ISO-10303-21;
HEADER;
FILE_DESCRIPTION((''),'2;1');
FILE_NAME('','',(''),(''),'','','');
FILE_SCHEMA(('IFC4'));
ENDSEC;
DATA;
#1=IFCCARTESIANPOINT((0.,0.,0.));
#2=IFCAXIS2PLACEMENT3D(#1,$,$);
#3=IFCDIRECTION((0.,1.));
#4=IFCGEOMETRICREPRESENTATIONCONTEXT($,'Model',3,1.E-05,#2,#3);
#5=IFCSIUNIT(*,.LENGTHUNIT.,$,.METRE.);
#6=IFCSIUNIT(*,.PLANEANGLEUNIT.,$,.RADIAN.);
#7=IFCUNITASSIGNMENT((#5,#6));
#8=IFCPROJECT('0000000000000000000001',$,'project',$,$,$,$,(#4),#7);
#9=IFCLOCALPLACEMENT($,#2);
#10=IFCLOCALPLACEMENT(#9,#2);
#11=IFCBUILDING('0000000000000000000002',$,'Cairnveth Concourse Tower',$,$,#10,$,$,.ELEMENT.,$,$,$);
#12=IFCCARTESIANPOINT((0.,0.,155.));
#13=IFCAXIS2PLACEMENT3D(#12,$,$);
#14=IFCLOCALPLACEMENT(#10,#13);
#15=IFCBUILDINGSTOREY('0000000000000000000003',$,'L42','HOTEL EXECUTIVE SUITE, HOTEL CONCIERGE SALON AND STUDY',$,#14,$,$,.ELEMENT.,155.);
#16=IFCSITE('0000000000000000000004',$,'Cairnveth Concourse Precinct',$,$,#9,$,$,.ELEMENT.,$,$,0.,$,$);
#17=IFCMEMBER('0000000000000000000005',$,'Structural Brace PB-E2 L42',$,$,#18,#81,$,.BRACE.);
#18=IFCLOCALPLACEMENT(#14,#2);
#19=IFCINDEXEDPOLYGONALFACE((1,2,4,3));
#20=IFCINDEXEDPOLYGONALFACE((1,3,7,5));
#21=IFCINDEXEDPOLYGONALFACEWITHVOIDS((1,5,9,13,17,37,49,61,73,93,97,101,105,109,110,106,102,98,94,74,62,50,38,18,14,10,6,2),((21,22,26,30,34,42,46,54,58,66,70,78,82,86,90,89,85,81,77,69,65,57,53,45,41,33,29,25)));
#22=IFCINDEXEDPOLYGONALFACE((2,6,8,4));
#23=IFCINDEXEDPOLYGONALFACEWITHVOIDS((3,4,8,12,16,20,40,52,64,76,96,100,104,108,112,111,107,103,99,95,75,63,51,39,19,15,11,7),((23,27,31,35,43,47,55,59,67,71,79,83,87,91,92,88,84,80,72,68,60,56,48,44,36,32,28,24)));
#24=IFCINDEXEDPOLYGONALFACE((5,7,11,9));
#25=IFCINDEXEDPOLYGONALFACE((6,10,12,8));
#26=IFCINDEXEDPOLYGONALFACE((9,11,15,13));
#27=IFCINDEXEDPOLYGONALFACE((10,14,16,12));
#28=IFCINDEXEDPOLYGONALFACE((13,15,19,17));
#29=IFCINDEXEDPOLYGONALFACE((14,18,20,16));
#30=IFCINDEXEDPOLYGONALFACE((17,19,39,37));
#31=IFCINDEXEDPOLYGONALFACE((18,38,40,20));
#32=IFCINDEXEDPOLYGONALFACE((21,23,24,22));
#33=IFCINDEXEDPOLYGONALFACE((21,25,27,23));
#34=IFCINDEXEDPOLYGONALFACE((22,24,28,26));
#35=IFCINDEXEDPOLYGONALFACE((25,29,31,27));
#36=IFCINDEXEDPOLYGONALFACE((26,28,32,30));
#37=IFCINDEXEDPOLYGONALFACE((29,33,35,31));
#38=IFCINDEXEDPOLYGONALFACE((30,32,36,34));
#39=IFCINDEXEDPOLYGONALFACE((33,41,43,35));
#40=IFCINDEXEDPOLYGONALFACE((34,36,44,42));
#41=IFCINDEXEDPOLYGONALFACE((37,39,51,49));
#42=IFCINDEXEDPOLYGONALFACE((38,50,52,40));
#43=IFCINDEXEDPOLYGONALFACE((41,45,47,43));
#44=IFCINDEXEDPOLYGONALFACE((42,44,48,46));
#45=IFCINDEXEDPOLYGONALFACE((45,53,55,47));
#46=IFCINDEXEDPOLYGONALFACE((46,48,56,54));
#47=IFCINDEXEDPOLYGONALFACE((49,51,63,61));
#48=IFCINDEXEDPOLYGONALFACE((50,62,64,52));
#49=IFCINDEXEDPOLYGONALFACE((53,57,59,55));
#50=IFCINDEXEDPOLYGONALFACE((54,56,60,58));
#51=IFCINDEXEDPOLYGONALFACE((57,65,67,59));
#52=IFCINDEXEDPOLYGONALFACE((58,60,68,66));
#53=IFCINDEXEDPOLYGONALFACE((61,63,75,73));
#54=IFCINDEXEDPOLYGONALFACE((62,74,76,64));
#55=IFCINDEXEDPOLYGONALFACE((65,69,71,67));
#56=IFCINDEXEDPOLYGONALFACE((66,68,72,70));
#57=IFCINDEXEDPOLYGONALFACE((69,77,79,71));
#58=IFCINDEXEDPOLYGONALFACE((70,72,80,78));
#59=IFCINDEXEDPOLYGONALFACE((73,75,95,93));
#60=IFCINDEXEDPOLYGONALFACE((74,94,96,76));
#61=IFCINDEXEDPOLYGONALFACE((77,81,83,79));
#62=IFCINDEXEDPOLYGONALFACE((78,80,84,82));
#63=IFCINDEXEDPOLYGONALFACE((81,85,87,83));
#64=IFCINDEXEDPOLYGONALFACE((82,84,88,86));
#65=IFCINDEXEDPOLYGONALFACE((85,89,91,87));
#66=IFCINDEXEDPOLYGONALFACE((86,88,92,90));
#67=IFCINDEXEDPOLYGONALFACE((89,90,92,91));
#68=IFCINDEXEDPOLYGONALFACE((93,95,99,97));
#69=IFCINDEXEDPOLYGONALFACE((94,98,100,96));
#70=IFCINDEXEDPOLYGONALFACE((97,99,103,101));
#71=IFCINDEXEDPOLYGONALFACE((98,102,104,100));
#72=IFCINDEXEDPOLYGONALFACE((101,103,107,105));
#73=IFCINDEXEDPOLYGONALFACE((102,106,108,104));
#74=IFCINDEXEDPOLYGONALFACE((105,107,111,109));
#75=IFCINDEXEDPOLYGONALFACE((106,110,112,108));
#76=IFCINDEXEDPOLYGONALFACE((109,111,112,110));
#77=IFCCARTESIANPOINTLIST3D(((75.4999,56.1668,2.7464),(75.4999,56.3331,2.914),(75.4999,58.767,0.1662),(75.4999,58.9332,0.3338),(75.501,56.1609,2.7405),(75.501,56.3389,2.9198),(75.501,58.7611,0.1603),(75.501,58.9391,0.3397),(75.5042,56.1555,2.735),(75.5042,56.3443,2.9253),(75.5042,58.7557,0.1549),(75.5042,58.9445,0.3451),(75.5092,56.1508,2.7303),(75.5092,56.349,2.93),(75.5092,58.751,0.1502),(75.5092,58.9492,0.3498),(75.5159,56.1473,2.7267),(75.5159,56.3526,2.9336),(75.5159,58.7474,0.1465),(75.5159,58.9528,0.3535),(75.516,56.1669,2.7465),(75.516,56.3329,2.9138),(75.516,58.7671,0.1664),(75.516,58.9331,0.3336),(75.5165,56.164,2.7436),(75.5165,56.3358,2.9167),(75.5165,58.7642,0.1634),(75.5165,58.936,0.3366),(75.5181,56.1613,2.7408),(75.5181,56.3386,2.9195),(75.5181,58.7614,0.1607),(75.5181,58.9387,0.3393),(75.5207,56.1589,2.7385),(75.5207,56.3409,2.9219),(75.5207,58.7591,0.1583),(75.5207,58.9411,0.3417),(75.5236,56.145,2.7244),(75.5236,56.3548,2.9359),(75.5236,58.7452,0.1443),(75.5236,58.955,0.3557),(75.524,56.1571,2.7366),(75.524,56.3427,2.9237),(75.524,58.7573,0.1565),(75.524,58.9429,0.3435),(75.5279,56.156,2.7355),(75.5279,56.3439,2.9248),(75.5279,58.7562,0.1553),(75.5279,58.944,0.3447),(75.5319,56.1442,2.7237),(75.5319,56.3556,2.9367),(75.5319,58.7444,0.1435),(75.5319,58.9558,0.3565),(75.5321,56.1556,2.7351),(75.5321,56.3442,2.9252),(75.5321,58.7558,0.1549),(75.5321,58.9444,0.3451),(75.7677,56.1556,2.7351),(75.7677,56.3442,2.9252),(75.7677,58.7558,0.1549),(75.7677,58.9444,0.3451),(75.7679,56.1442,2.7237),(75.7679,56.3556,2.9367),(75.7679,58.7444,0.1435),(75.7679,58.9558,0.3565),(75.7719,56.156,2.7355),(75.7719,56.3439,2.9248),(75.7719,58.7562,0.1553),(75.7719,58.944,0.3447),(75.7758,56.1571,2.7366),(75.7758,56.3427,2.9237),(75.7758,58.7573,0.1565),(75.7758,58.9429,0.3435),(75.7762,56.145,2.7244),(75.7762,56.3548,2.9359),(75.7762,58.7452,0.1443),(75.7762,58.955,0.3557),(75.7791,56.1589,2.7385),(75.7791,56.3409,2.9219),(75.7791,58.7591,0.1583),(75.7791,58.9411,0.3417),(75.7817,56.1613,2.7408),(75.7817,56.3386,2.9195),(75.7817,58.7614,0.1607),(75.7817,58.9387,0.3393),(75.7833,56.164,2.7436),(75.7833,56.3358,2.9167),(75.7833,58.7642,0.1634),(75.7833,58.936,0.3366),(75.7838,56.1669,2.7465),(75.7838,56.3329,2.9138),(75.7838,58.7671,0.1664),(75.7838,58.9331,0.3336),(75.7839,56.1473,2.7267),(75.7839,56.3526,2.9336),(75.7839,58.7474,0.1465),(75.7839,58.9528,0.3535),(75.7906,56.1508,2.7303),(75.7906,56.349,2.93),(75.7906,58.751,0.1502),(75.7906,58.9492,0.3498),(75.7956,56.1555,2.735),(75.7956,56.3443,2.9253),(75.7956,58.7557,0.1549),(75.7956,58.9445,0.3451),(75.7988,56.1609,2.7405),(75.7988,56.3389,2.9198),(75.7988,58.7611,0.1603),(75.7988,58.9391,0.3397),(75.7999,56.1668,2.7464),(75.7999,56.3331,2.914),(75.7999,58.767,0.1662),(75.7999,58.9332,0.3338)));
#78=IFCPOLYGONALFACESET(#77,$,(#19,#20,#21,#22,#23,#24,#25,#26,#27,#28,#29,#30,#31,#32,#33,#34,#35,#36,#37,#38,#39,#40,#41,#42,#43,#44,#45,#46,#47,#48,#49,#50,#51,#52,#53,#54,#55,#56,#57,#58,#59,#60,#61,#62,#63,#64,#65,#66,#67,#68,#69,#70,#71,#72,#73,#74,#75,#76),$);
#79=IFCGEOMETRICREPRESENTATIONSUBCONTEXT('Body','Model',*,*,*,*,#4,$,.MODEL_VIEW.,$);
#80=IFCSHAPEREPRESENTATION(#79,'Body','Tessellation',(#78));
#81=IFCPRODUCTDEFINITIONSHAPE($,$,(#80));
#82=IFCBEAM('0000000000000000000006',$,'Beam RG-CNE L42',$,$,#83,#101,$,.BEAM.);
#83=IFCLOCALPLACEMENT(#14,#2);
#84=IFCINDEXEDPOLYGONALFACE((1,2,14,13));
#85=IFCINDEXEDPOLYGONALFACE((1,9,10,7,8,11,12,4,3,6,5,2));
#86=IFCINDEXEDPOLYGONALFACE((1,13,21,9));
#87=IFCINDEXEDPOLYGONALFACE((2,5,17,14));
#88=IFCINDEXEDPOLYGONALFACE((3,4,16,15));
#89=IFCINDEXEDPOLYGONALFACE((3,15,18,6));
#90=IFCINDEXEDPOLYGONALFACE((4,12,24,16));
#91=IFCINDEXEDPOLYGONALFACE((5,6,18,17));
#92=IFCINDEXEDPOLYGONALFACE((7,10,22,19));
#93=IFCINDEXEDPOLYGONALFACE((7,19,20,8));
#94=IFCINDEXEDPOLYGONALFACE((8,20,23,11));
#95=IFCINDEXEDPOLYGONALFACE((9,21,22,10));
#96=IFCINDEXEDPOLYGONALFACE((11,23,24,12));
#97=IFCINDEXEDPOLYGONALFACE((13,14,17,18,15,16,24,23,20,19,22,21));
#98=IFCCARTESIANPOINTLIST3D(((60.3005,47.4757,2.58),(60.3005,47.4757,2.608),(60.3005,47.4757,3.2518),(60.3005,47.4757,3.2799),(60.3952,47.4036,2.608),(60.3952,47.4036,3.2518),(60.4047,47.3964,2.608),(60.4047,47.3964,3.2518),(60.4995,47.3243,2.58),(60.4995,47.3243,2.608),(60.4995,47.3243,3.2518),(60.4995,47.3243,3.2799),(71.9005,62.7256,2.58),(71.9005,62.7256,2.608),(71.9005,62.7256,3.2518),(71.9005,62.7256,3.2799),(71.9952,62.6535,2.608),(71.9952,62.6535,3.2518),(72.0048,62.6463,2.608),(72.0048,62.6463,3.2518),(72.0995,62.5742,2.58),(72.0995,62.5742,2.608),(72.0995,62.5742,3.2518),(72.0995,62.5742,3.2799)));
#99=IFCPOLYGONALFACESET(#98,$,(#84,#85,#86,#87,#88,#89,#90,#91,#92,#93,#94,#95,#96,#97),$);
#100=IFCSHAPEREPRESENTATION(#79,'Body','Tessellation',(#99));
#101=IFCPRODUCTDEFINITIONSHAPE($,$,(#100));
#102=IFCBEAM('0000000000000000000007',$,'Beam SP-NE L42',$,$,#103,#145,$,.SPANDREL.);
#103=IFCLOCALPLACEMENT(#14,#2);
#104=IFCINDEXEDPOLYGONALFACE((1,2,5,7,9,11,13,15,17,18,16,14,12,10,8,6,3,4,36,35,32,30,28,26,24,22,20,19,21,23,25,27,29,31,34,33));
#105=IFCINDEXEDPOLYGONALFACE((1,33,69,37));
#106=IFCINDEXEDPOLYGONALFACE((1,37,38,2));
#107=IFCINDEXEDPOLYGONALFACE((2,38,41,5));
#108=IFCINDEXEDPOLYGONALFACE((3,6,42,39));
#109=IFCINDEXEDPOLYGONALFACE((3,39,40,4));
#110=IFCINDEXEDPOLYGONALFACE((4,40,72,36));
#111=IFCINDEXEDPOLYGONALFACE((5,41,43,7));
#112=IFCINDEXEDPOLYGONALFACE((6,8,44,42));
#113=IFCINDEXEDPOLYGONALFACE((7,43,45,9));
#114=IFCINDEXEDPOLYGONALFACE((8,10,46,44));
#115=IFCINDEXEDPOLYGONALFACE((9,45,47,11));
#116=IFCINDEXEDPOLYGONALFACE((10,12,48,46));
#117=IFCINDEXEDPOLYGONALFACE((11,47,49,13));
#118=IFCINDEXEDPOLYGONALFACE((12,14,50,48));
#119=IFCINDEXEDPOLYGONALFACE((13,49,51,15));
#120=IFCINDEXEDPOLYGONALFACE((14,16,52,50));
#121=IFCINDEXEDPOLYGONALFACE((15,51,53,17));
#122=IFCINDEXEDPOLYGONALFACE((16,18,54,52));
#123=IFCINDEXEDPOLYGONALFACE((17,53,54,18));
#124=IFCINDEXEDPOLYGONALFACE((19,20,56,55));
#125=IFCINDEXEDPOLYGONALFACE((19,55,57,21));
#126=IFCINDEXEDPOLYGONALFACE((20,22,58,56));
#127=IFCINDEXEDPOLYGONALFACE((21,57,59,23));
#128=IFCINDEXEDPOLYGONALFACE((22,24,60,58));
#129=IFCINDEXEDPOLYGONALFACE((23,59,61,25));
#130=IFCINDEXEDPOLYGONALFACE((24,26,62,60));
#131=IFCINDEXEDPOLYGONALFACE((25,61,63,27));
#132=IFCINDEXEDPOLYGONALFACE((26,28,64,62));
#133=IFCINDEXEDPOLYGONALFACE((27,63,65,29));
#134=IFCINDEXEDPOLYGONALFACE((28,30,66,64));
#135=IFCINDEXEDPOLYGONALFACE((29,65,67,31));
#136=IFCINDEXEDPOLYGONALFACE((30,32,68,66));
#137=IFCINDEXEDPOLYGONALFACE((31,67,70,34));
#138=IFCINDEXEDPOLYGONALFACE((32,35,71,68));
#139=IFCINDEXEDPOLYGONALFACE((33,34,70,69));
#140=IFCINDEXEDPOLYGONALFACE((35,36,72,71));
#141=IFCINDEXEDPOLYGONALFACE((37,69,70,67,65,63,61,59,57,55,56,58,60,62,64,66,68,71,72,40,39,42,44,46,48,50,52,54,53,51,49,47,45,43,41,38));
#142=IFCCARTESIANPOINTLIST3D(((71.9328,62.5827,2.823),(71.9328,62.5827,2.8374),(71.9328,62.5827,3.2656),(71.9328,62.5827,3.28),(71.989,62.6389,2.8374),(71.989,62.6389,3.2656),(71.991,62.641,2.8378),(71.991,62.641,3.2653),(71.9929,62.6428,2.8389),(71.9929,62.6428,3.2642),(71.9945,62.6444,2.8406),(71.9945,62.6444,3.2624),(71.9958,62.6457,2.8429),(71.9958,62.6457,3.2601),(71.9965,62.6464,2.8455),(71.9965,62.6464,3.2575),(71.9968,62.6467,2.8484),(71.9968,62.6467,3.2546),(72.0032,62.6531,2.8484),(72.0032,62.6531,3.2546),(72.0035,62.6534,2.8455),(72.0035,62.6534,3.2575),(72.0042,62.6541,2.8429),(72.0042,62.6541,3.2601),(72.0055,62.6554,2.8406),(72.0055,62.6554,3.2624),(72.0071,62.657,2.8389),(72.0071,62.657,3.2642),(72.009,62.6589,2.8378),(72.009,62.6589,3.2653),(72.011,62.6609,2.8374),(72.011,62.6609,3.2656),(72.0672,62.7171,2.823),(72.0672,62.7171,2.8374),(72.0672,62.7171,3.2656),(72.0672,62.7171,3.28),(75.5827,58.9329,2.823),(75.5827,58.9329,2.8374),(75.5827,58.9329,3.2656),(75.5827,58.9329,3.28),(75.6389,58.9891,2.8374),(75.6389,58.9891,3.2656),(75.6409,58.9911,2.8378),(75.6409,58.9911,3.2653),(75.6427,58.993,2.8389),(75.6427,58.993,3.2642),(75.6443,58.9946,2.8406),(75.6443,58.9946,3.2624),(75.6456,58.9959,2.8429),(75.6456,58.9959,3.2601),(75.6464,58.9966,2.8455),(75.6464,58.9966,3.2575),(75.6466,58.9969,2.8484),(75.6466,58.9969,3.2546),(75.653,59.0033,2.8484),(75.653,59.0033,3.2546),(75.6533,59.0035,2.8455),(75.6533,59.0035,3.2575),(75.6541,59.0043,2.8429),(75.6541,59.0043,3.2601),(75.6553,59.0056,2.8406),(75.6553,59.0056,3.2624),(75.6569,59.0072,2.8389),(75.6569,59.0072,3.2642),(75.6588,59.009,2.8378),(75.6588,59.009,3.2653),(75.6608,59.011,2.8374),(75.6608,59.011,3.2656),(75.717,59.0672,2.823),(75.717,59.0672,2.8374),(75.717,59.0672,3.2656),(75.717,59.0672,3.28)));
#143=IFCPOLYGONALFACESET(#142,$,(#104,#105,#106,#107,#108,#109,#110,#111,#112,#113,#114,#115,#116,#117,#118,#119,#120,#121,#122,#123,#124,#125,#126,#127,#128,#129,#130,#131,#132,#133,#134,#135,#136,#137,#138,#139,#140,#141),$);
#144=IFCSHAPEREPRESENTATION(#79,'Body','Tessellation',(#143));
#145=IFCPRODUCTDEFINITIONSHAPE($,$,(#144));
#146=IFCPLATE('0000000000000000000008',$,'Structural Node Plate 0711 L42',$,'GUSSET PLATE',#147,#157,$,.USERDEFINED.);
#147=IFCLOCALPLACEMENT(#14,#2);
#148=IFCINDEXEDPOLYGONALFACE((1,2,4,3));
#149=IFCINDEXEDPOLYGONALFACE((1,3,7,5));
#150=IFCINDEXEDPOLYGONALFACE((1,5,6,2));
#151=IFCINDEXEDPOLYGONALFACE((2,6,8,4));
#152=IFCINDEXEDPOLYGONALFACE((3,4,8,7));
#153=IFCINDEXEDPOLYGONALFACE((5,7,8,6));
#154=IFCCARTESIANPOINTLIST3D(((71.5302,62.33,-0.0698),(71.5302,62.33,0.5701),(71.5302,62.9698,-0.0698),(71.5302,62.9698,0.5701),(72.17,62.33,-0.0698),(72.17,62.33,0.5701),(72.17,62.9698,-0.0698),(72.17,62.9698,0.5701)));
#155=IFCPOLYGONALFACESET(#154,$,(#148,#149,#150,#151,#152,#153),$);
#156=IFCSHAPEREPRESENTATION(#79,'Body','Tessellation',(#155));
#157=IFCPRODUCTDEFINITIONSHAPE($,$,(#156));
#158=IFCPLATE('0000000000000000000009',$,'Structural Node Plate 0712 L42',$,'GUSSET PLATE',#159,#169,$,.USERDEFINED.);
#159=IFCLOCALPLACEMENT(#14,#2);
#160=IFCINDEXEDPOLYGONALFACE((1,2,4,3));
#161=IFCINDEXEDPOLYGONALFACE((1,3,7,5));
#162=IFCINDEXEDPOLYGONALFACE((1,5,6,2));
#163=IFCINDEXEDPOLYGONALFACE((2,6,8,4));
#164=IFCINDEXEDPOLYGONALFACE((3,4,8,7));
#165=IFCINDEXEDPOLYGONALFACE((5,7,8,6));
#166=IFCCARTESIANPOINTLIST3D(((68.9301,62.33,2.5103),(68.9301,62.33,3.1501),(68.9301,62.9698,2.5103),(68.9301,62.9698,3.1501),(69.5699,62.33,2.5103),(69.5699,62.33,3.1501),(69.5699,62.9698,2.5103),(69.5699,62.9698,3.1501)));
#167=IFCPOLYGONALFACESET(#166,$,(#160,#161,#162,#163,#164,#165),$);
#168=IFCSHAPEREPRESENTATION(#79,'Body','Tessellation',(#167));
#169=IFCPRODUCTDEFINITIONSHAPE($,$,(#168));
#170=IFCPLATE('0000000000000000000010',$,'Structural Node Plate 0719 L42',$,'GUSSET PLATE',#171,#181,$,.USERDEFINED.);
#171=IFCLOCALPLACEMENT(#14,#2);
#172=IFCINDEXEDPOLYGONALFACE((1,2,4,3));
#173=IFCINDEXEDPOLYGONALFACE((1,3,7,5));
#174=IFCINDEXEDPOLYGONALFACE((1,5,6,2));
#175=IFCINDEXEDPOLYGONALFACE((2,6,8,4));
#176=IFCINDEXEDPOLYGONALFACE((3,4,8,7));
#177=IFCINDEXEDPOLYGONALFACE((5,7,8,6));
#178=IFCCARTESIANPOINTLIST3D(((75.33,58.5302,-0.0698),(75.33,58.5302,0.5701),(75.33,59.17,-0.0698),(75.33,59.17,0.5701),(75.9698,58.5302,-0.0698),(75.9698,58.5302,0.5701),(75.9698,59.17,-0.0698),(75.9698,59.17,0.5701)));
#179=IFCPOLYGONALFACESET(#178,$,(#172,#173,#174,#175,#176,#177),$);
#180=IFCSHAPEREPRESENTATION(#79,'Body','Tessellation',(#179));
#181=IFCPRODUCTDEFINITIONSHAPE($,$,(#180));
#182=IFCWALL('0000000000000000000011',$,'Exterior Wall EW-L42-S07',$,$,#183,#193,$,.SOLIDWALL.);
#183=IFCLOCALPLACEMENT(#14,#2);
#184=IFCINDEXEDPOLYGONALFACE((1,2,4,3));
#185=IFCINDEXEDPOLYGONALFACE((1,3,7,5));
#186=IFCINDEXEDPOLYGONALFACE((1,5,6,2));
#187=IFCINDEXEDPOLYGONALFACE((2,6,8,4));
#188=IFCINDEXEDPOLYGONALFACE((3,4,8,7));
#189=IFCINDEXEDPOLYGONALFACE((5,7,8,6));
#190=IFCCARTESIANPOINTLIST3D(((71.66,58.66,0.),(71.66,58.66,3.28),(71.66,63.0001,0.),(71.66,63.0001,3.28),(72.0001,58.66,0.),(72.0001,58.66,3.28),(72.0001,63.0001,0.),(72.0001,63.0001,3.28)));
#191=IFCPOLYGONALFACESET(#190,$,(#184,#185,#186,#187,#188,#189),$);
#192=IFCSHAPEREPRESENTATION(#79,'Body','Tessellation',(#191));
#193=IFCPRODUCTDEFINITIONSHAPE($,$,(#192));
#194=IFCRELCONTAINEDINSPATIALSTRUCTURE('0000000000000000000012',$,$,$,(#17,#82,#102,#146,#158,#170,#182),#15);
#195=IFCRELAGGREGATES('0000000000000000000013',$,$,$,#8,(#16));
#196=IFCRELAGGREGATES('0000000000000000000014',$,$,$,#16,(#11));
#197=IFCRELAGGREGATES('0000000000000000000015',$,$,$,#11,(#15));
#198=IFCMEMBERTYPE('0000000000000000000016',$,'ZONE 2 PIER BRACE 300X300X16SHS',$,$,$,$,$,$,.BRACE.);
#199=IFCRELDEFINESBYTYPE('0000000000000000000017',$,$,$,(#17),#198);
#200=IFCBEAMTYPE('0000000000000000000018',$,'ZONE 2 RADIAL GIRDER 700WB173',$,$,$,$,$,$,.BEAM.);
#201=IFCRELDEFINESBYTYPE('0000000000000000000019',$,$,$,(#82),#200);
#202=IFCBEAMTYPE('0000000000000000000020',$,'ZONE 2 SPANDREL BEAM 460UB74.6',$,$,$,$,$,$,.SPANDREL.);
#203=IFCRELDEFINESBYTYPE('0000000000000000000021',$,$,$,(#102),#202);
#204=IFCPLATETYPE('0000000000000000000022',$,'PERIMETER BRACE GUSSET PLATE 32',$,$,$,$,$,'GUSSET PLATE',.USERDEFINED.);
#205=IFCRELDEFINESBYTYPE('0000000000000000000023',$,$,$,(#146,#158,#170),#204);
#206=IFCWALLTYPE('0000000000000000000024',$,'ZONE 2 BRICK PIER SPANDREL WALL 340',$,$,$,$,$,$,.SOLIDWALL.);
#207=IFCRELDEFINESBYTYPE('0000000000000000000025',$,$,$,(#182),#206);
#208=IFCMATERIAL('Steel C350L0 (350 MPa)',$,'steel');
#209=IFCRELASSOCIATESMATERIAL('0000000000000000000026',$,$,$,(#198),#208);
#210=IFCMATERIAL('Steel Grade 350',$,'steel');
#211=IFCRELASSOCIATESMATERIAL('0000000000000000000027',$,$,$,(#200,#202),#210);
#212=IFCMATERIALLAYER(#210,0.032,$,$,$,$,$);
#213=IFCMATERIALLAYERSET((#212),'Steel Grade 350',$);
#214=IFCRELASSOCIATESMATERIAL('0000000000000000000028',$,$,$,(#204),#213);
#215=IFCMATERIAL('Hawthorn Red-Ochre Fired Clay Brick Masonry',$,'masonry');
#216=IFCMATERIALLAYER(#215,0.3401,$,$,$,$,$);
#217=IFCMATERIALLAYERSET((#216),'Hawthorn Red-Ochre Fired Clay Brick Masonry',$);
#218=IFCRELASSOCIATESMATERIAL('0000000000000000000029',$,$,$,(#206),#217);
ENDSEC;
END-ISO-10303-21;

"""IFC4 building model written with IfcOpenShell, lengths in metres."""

from ifc_helpers import new_model, si_unit, direction, frame, frame_2d, origin, origin_2d, place, context, subcontext, project, spatial, rectangle, hollow_rectangle, i_section, extrude, material, layer, layer_set, material_profile, profile_set, type_object, element, save


model = new_model("IFC4")

# Units and contexts
model_context = context("Model", 3, precision=1e-05, world=origin(), true_north=direction((0.0, 1.0)))
body_context = subcontext(model_context, "Body", "Model", "MODEL_VIEW")
ifc_project = project(units=[si_unit("LENGTHUNIT", "METRE"), si_unit("PLANEANGLEUNIT", "RADIAN")], contexts=[model_context])

# Site, building, storey
site_placement = place(None, origin())
site = spatial("IfcSite", under=ifc_project, at=site_placement, Name="Cairnveth Concourse Precinct", CompositionType="ELEMENT", RefElevation=0.0)
building_placement = place(site_placement, origin())
building = spatial("IfcBuilding", under=site, at=building_placement, Name="Cairnveth Concourse Tower", CompositionType="ELEMENT")
storey_placement = place(building_placement, frame((0.0, 0.0, 155.0)))
storey = spatial("IfcBuildingStorey", under=building, at=storey_placement, Name="L42", Description="HOTEL EXECUTIVE SUITE, HOTEL CONCIERGE SALON AND STUDY", CompositionType="ELEMENT", Elevation=155.0)

# Shared definitions
ifc_material_1 = material(Name="Steel Grade 350", Category="steel")

# Member
ifc_material_2 = material(Name="Steel C350L0 (350 MPa)", Category="steel")
ifc_material_profile_1 = material_profile(ifc_material_2, hollow_rectangle(XDim=0.3, YDim=0.3, WallThickness=0.0161, InnerFilletRadius=0.0161, OuterFilletRadius=0.032, at=origin_2d()), Name="300x300x16.0SHS")
ifc_profile_set_1 = profile_set([ifc_material_profile_1], Name="Steel C350L0 (350 MPa)")
member_type = type_object("IfcMemberType", Name="ZONE 2 PIER BRACE 300X300X16SHS", PredefinedType="BRACE", material=ifc_profile_set_1)
for number, where, z_axis, x_axis, name in (
    (1, (75.6499, 58.8501, 0.25), (0.0, -0.709834, 0.704369), (1.0, 0.0, 0.0), "Structural Brace PB-E2 L42"),
):
    element("IfcMember", number, at=place(storey_placement, frame(where, z_axis=z_axis, x_axis=x_axis)), inside=storey, type_object=member_type, Name=name, PredefinedType="BRACE", context=body_context, shape_type="SweptSolid", body=[
        extrude(hollow_rectangle(XDim=0.3, YDim=0.3, WallThickness=0.0161, InnerFilletRadius=0.0161, OuterFilletRadius=0.032, at=origin_2d()), origin(), (0.0, 0.0, 1.0), 3.6631),
    ])

# Beams
ifc_material_profile_2 = material_profile(ifc_material_1, i_section(OverallWidth=0.25, OverallDepth=0.7, WebThickness=0.012, FlangeThickness=0.0281, at=origin_2d()), Name="700WB173")
ifc_profile_set_2 = profile_set([ifc_material_profile_2], Name="Steel Grade 350")
beam_type_1 = type_object("IfcBeamType", Name="ZONE 2 RADIAL GIRDER 700WB173", PredefinedType="BEAM", material=ifc_profile_set_2)
beam_1_placement = place(storey_placement, frame((72.0, 62.6499, 2.9299), z_axis=(-0.605417, -0.795908, 0.0), x_axis=(0.795908, -0.605417, 0.0)))
element("IfcBeam", 2, at=beam_1_placement, inside=storey, type_object=beam_type_1, Name="Beam RG-CNE L42", PredefinedType="BEAM", context=body_context, shape_type="SweptSolid", body=[
    extrude(i_section(OverallWidth=0.25, OverallDepth=0.7, WebThickness=0.012, FlangeThickness=0.0281, at=origin_2d()), origin(), (0.0, 0.0, 1.0), 19.1604),
])
ifc_material_profile_3 = material_profile(ifc_material_1, i_section(OverallWidth=0.1899, OverallDepth=0.457, WebThickness=0.009, FlangeThickness=0.0144, FilletRadius=0.011, at=origin_2d()), Name="460UB74.6")
ifc_profile_set_3 = profile_set([ifc_material_profile_3], Name="Steel Grade 350")
beam_type_2 = type_object("IfcBeamType", Name="ZONE 2 SPANDREL BEAM 460UB74.6", PredefinedType="SPANDREL", material=ifc_profile_set_3)
beam_2_placement = place(storey_placement, frame((72.0, 62.6499, 3.0515), z_axis=(0.707107, -0.707107, 0.0), x_axis=(0.707107, 0.707107, 0.0)))
element("IfcBeam", 3, at=beam_2_placement, inside=storey, type_object=beam_type_2, Name="Beam SP-NE L42", PredefinedType="SPANDREL", context=body_context, shape_type="SweptSolid", body=[
    extrude(i_section(OverallWidth=0.1899, OverallDepth=0.457, WebThickness=0.009, FlangeThickness=0.0144, FilletRadius=0.011, at=origin_2d()), origin(), (0.0, 0.0, 1.0), 5.1616),
])

# Plates
ifc_layer_1 = layer(ifc_material_1, 0.032)
ifc_layer_set_1 = layer_set([ifc_layer_1], Name="Steel Grade 350")
plate_type = type_object("IfcPlateType", Name="PERIMETER BRACE GUSSET PLATE 32", ElementType="GUSSET PLATE", PredefinedType="USERDEFINED", material=ifc_layer_set_1)
for number, where, z_axis, x_axis, name in (
    (4, (71.8501, 62.6499, -0.0698), (0.0, 0.0, 1.0), (1.0, 0.0, 0.0), "Structural Node Plate 0711 L42"),
    (5, (69.25, 62.6499, 2.5103), (0.0, 0.0, 1.0), (1.0, 0.0, 0.0), "Structural Node Plate 0712 L42"),
    (6, (75.6499, 58.8501, -0.0698), (0.0, 0.0, 1.0), (1.0, 0.0, 0.0), "Structural Node Plate 0719 L42"),
):
    element("IfcPlate", number, at=place(storey_placement, frame(where, z_axis=z_axis, x_axis=x_axis)), inside=storey, type_object=plate_type, Name=name, ObjectType="GUSSET PLATE", PredefinedType="USERDEFINED", context=body_context, shape_type="SweptSolid", body=[
        extrude(rectangle(XDim=0.6399, YDim=0.6399, at=origin_2d()), origin(), (0.0, 0.0, 1.0), 0.6399),
    ])

# Wall
ifc_material_3 = material(Name="Hawthorn Red-Ochre Fired Clay Brick Masonry", Category="masonry")
ifc_layer_2 = layer(ifc_material_3, 0.3401)
ifc_layer_set_2 = layer_set([ifc_layer_2], Name="Hawthorn Red-Ochre Fired Clay Brick Masonry")
wall_type = type_object("IfcWallType", Name="ZONE 2 BRICK PIER SPANDREL WALL 340", PredefinedType="SOLIDWALL", material=ifc_layer_set_2)
wall_1_placement = place(storey_placement, frame((71.8301, 63.0, 0.0), z_axis=(0.0, 0.0, 1.0), x_axis=(0.0, -1.0, 0.0)))
element("IfcWall", 7, at=wall_1_placement, inside=storey, type_object=wall_type, Name="Exterior Wall EW-L42-S07", PredefinedType="SOLIDWALL", context=body_context, shape_type="SweptSolid", body=[
    extrude(rectangle(XDim=4.3401, YDim=0.3401, at=frame_2d((2.1699, 0.0))), origin(), (0.0, 0.0, 1.0), 3.28),
])

save(model, "model.ifc")
